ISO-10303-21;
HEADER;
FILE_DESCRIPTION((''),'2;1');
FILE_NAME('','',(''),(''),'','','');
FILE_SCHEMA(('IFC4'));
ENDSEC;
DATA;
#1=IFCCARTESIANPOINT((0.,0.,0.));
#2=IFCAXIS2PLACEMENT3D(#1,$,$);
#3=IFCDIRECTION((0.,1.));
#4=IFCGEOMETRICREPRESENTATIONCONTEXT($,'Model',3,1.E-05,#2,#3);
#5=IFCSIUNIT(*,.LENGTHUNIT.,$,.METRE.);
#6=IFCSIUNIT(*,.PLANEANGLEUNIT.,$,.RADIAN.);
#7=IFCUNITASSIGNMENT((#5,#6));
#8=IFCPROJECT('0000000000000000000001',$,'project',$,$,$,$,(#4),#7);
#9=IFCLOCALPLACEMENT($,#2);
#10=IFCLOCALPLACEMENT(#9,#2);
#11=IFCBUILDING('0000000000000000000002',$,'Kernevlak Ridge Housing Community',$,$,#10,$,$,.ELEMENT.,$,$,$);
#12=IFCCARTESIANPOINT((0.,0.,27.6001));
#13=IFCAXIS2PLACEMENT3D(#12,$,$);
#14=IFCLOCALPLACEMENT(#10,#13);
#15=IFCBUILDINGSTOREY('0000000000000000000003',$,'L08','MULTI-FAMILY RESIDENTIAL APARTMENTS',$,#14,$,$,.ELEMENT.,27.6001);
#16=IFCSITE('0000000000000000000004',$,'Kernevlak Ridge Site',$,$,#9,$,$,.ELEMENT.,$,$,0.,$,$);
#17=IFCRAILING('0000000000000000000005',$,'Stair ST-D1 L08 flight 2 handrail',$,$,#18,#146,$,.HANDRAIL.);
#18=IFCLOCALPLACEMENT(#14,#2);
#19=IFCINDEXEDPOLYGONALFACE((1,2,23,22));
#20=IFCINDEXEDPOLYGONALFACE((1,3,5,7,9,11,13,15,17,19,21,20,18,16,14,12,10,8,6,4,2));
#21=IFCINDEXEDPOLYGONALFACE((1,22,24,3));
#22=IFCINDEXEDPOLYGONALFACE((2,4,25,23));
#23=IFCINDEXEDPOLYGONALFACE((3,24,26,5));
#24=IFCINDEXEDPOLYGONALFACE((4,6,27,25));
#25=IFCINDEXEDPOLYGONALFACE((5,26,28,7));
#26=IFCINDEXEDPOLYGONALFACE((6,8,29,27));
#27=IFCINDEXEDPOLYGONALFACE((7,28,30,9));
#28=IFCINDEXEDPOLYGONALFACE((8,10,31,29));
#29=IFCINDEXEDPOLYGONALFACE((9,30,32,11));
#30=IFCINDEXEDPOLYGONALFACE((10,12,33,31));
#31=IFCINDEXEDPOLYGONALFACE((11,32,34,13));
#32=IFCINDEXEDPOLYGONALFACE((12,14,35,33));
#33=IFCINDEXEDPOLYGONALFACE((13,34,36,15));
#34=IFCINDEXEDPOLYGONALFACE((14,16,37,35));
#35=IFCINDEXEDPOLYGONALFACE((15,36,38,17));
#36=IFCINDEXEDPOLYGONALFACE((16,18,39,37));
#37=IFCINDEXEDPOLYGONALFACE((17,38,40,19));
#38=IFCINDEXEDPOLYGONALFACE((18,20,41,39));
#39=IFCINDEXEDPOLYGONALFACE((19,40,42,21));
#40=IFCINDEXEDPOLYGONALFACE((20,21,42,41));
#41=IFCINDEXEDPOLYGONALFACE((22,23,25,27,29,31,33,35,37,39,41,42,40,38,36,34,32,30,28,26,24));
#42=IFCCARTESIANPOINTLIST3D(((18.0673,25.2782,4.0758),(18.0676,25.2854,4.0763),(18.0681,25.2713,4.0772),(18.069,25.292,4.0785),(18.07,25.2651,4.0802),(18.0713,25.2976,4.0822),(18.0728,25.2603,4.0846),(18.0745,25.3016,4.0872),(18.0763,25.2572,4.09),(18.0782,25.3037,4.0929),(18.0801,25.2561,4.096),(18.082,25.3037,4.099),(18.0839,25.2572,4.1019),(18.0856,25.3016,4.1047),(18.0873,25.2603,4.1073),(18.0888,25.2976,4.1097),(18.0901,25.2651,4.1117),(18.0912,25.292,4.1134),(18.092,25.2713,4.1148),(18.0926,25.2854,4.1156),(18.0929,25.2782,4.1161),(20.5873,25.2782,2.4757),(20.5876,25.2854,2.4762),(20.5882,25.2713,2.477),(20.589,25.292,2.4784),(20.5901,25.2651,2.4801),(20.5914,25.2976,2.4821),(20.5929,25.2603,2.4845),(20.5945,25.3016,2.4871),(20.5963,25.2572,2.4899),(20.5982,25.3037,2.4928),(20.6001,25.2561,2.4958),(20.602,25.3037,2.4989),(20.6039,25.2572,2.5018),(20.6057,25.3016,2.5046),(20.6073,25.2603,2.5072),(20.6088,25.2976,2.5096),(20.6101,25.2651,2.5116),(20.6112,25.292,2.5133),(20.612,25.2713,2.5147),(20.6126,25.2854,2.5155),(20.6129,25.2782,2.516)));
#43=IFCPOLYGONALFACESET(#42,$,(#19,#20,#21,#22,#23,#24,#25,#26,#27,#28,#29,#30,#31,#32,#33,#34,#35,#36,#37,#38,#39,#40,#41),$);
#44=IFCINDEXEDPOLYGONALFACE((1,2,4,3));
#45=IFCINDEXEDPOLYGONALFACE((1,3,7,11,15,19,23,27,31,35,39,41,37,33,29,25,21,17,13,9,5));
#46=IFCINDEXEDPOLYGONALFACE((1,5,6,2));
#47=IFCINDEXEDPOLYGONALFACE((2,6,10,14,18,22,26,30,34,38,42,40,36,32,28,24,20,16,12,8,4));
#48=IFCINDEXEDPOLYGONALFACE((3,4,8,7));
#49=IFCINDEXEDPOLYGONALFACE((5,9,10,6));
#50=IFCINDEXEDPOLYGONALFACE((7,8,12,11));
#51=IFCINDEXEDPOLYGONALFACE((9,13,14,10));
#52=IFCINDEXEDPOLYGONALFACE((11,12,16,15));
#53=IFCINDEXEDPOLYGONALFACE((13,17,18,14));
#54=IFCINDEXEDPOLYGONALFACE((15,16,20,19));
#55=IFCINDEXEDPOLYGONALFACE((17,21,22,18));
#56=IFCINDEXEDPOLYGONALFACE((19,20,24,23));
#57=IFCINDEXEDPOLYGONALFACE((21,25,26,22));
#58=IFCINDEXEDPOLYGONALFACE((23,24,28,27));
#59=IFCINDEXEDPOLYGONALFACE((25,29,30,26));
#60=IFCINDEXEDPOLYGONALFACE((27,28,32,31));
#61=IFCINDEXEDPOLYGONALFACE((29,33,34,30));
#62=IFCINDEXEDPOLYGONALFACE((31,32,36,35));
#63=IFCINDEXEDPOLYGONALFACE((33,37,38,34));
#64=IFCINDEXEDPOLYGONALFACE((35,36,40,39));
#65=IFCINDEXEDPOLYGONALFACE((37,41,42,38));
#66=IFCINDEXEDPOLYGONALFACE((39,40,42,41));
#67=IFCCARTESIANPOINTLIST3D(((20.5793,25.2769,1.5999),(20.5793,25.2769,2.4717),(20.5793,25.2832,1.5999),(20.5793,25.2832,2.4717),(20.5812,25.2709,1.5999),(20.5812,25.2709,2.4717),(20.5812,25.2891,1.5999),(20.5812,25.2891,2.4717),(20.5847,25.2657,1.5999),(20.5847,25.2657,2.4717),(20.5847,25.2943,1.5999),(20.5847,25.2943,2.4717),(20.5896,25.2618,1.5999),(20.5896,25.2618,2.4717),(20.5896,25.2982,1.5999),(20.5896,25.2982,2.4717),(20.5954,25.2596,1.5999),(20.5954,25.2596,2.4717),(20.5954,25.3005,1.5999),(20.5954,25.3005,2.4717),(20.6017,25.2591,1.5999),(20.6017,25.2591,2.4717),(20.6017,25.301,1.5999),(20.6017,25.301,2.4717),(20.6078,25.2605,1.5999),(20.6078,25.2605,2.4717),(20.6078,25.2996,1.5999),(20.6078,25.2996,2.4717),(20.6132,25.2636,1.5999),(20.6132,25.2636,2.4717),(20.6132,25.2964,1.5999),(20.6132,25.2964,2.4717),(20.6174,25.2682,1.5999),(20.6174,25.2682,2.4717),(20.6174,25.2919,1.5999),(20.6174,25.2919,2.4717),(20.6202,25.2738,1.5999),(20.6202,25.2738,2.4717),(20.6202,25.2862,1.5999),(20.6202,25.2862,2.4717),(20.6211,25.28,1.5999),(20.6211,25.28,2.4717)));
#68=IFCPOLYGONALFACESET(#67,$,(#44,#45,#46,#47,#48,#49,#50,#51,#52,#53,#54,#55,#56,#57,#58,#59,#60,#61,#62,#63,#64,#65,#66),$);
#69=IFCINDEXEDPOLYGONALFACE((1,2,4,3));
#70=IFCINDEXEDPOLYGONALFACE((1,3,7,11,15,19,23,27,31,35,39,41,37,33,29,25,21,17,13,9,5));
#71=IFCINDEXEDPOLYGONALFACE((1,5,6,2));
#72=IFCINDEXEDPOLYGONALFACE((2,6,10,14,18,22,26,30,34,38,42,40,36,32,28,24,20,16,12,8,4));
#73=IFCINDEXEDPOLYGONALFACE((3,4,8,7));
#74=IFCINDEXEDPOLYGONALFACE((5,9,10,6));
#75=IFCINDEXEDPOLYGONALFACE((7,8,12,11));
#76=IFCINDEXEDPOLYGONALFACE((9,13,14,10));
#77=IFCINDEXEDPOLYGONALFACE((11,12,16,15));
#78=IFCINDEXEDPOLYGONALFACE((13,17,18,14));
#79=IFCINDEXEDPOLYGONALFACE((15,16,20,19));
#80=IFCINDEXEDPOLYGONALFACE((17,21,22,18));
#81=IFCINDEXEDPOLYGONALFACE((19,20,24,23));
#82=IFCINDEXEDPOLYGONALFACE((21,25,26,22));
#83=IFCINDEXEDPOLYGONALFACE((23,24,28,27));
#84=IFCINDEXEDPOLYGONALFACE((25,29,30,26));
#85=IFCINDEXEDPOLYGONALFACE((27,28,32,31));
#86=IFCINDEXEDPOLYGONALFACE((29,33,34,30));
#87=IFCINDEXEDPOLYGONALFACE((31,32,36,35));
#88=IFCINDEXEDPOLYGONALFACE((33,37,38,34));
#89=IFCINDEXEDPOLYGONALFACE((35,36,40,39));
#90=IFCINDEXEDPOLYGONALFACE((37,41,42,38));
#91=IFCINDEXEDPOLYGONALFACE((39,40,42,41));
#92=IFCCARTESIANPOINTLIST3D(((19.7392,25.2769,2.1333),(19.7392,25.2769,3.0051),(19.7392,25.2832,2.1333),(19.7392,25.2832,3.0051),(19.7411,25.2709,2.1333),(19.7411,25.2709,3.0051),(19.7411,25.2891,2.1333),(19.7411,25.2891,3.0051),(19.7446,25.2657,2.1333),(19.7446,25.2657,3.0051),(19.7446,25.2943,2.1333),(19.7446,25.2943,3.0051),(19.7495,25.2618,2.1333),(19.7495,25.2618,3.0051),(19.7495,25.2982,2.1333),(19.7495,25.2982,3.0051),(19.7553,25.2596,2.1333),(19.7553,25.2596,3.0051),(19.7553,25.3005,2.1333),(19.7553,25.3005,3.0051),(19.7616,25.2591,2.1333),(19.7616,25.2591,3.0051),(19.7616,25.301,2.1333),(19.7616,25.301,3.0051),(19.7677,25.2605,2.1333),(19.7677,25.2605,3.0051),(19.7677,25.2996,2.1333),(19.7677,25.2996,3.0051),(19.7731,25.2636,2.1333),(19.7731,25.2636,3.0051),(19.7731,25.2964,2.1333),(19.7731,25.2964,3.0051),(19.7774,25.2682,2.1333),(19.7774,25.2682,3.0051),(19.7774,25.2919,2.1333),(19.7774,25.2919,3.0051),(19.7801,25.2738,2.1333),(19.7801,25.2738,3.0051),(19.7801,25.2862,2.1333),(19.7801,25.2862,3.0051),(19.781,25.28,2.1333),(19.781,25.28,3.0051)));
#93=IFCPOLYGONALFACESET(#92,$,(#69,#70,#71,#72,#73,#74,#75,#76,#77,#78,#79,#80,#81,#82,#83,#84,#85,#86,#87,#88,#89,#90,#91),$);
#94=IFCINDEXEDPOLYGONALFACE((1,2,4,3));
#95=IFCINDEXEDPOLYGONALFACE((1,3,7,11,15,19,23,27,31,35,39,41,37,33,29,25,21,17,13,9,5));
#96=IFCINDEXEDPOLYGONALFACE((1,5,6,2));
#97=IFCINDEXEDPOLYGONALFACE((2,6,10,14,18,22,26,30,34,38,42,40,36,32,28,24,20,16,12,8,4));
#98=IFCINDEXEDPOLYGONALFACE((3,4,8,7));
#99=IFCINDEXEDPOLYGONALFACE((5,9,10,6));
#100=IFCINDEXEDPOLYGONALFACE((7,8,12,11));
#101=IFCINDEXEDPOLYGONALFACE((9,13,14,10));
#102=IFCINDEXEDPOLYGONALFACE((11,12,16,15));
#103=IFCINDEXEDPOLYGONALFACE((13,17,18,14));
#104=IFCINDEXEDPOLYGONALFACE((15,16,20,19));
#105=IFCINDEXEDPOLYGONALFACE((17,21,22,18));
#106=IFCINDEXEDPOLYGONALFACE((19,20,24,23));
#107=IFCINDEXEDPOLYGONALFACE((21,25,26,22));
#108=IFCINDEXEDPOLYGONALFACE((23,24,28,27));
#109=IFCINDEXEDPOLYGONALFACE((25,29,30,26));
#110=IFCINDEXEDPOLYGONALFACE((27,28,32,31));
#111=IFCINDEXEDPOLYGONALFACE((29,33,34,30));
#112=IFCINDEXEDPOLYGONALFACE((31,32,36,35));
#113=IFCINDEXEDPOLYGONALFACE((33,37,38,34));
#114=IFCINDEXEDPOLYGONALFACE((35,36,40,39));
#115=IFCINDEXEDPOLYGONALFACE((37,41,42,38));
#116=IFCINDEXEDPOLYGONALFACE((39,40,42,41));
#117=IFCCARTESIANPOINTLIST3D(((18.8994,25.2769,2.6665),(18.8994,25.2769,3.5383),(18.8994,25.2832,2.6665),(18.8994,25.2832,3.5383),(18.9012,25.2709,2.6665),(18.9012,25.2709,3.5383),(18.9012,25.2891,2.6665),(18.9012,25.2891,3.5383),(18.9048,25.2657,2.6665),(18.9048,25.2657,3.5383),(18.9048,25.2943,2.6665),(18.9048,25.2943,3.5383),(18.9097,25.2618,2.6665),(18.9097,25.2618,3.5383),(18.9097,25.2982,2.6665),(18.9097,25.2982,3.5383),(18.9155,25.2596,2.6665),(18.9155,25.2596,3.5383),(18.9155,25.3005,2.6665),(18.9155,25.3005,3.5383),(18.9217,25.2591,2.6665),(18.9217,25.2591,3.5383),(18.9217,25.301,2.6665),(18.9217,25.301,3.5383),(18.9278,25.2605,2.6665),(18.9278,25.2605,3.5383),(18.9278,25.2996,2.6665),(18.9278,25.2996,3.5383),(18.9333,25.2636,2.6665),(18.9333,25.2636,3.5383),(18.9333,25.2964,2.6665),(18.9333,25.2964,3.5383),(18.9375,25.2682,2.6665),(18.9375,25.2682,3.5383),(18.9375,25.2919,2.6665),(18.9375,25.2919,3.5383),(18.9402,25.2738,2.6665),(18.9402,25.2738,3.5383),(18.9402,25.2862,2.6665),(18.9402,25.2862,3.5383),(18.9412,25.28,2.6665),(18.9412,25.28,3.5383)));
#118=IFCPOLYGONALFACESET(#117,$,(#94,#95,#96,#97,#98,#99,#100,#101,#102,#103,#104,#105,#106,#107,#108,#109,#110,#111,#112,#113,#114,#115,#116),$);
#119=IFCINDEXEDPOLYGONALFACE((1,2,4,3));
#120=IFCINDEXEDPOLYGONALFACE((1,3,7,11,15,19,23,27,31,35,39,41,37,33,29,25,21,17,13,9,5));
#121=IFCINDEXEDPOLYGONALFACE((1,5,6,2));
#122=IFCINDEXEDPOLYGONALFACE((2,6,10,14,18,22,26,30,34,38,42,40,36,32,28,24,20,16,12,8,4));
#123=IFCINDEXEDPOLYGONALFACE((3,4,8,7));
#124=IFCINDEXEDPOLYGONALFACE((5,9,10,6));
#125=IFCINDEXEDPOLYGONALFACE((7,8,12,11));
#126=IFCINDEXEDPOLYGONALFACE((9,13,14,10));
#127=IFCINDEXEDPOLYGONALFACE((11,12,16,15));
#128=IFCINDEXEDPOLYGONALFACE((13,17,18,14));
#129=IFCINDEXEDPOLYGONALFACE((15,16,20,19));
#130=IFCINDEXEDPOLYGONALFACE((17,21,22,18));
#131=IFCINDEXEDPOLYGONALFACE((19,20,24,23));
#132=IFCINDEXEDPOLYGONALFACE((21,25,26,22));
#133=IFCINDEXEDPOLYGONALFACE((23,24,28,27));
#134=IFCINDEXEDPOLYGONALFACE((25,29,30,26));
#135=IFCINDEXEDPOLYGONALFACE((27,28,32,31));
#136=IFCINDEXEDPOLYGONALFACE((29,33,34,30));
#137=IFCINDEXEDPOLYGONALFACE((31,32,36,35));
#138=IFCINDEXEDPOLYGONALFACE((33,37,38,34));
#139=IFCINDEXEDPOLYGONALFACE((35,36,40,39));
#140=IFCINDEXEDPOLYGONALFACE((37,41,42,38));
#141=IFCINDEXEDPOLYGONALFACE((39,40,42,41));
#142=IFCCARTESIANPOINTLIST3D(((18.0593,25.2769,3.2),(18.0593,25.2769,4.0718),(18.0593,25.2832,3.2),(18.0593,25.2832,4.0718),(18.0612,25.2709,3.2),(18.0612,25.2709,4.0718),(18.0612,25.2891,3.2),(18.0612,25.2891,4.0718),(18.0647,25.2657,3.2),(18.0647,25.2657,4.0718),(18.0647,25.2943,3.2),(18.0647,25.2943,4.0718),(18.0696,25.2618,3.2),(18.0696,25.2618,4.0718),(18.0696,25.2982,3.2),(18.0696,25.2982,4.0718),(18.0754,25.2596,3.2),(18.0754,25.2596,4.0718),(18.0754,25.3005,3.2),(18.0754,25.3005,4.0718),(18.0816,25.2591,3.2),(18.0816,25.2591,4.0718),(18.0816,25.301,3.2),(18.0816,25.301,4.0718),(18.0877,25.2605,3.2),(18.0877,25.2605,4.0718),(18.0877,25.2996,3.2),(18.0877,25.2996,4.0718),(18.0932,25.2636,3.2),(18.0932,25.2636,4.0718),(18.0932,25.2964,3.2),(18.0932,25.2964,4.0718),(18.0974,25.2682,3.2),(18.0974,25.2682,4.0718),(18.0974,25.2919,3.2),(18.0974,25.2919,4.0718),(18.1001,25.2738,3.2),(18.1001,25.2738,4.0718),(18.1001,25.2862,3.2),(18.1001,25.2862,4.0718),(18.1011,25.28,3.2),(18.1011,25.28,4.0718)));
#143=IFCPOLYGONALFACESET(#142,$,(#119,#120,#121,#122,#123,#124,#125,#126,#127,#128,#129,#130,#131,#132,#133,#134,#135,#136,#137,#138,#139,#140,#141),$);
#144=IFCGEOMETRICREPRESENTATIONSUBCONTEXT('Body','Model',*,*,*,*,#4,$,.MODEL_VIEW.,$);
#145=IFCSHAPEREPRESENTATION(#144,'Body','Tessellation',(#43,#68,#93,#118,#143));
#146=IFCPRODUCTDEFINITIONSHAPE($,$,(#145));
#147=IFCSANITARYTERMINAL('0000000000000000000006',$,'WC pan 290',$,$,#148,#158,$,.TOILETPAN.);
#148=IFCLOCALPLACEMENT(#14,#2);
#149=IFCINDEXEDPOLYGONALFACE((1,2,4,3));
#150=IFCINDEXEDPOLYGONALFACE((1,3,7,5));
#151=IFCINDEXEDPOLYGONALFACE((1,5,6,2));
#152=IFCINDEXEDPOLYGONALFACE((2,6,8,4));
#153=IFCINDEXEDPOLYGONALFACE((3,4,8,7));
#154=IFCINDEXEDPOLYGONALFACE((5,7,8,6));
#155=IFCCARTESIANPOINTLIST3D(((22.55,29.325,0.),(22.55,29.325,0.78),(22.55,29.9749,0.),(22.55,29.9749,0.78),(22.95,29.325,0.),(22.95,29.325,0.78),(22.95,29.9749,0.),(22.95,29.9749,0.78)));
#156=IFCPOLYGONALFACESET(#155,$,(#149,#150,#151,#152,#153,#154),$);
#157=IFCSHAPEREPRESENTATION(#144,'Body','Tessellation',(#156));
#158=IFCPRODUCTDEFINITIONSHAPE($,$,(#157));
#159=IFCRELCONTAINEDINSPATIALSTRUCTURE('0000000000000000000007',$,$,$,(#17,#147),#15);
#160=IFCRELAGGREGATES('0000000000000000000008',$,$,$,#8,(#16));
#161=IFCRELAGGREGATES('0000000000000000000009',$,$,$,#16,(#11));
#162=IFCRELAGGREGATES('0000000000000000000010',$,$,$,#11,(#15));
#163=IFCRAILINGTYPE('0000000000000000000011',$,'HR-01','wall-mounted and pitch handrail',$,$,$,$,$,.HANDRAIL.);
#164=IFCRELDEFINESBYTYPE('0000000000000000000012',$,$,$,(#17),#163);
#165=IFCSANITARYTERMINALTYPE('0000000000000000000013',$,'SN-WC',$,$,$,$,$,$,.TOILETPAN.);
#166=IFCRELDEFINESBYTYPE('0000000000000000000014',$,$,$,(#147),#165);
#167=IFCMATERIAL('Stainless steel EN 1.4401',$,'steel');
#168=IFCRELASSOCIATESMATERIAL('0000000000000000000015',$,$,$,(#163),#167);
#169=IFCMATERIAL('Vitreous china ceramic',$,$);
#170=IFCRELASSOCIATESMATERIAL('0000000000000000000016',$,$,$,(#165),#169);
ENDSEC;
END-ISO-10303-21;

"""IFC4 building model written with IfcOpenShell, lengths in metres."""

from ifc_helpers import new_model, si_unit, direction, frame, origin, origin_2d, place, context, subcontext, project, spatial, rectangle, circle, extrude, material, type_object, element, save


model = new_model("IFC4")

# Units and contexts
model_context = context("Model", 3, precision=1e-05, world=origin(), true_north=direction((0.0, 1.0)))
body_context = subcontext(model_context, "Body", "Model", "MODEL_VIEW")
ifc_project = project(units=[si_unit("LENGTHUNIT", "METRE"), si_unit("PLANEANGLEUNIT", "RADIAN")], contexts=[model_context])

# Site, building, storey
site_placement = place(None, origin())
site = spatial("IfcSite", under=ifc_project, at=site_placement, Name="Kernevlak Ridge Site", CompositionType="ELEMENT", RefElevation=0.0)
building_placement = place(site_placement, origin())
building = spatial("IfcBuilding", under=site, at=building_placement, Name="Kernevlak Ridge Housing Community", CompositionType="ELEMENT")
storey_placement = place(building_placement, frame((0.0, 0.0, 27.6001)))
storey = spatial("IfcBuildingStorey", under=building, at=storey_placement, Name="L08", Description="MULTI-FAMILY RESIDENTIAL APARTMENTS", CompositionType="ELEMENT", Elevation=27.6001)

# Shared definitions
ifc_material_1 = material(Name="Stainless steel EN 1.4401", Category="steel")

# Railing
railing_type_1 = type_object("IfcRailingType", Name="HR-01", Description="wall-mounted and pitch handrail", PredefinedType="HANDRAIL", material=ifc_material_1)
railing_1_placement = place(storey_placement, frame((20.6001, 25.28, 1.5999)))
element("IfcRailing", 1, at=railing_1_placement, inside=storey, type_object=railing_type_1, Name="Stair ST-D1 L08 flight 2 handrail", PredefinedType="HANDRAIL", context=body_context, shape_type="SweptSolid", body=[
    extrude(circle(Radius=0.0239, at=origin_2d()), frame((0.0, 0.0, 0.896), z_axis=(-0.8442, 0.0, 0.536028), x_axis=(0.0, -1.0, 0.0)), (0.0, 0.0, 1.0), 2.9851),
    extrude(circle(Radius=0.021, at=origin_2d()), origin(), (0.0, 0.0, 1.0), 0.8718),
    extrude(circle(Radius=0.021, at=origin_2d()), frame((-0.8401, 0.0, 0.5334)), (0.0, 0.0, 1.0), 0.8718),
    extrude(circle(Radius=0.021, at=origin_2d()), frame((-1.6799, 0.0, 1.0667)), (0.0, 0.0, 1.0), 0.8718),
    extrude(circle(Radius=0.021, at=origin_2d()), frame((-2.52, 0.0, 1.6001)), (0.0, 0.0, 1.0), 0.8718),
])

# Sanitary terminal
ifc_material_2 = material(Name="Vitreous china ceramic")
sanitary_terminal_type = type_object("IfcSanitaryTerminalType", Name="SN-WC", PredefinedType="TOILETPAN", material=ifc_material_2)
sanitary_terminal_placement = place(storey_placement, frame((22.75, 29.6499, 0.0), z_axis=(0.0, 0.0, 1.0), x_axis=(1.0, 0.0, 0.0)))
element("IfcSanitaryTerminal", 2, at=sanitary_terminal_placement, inside=storey, type_object=sanitary_terminal_type, Name="WC pan 290", PredefinedType="TOILETPAN", context=body_context, shape_type="SweptSolid", body=[
    extrude(rectangle(XDim=0.3999, YDim=0.6499, at=origin_2d()), origin(), (0.0, 0.0, 1.0), 0.78),
])

save(model, "model.ifc")
